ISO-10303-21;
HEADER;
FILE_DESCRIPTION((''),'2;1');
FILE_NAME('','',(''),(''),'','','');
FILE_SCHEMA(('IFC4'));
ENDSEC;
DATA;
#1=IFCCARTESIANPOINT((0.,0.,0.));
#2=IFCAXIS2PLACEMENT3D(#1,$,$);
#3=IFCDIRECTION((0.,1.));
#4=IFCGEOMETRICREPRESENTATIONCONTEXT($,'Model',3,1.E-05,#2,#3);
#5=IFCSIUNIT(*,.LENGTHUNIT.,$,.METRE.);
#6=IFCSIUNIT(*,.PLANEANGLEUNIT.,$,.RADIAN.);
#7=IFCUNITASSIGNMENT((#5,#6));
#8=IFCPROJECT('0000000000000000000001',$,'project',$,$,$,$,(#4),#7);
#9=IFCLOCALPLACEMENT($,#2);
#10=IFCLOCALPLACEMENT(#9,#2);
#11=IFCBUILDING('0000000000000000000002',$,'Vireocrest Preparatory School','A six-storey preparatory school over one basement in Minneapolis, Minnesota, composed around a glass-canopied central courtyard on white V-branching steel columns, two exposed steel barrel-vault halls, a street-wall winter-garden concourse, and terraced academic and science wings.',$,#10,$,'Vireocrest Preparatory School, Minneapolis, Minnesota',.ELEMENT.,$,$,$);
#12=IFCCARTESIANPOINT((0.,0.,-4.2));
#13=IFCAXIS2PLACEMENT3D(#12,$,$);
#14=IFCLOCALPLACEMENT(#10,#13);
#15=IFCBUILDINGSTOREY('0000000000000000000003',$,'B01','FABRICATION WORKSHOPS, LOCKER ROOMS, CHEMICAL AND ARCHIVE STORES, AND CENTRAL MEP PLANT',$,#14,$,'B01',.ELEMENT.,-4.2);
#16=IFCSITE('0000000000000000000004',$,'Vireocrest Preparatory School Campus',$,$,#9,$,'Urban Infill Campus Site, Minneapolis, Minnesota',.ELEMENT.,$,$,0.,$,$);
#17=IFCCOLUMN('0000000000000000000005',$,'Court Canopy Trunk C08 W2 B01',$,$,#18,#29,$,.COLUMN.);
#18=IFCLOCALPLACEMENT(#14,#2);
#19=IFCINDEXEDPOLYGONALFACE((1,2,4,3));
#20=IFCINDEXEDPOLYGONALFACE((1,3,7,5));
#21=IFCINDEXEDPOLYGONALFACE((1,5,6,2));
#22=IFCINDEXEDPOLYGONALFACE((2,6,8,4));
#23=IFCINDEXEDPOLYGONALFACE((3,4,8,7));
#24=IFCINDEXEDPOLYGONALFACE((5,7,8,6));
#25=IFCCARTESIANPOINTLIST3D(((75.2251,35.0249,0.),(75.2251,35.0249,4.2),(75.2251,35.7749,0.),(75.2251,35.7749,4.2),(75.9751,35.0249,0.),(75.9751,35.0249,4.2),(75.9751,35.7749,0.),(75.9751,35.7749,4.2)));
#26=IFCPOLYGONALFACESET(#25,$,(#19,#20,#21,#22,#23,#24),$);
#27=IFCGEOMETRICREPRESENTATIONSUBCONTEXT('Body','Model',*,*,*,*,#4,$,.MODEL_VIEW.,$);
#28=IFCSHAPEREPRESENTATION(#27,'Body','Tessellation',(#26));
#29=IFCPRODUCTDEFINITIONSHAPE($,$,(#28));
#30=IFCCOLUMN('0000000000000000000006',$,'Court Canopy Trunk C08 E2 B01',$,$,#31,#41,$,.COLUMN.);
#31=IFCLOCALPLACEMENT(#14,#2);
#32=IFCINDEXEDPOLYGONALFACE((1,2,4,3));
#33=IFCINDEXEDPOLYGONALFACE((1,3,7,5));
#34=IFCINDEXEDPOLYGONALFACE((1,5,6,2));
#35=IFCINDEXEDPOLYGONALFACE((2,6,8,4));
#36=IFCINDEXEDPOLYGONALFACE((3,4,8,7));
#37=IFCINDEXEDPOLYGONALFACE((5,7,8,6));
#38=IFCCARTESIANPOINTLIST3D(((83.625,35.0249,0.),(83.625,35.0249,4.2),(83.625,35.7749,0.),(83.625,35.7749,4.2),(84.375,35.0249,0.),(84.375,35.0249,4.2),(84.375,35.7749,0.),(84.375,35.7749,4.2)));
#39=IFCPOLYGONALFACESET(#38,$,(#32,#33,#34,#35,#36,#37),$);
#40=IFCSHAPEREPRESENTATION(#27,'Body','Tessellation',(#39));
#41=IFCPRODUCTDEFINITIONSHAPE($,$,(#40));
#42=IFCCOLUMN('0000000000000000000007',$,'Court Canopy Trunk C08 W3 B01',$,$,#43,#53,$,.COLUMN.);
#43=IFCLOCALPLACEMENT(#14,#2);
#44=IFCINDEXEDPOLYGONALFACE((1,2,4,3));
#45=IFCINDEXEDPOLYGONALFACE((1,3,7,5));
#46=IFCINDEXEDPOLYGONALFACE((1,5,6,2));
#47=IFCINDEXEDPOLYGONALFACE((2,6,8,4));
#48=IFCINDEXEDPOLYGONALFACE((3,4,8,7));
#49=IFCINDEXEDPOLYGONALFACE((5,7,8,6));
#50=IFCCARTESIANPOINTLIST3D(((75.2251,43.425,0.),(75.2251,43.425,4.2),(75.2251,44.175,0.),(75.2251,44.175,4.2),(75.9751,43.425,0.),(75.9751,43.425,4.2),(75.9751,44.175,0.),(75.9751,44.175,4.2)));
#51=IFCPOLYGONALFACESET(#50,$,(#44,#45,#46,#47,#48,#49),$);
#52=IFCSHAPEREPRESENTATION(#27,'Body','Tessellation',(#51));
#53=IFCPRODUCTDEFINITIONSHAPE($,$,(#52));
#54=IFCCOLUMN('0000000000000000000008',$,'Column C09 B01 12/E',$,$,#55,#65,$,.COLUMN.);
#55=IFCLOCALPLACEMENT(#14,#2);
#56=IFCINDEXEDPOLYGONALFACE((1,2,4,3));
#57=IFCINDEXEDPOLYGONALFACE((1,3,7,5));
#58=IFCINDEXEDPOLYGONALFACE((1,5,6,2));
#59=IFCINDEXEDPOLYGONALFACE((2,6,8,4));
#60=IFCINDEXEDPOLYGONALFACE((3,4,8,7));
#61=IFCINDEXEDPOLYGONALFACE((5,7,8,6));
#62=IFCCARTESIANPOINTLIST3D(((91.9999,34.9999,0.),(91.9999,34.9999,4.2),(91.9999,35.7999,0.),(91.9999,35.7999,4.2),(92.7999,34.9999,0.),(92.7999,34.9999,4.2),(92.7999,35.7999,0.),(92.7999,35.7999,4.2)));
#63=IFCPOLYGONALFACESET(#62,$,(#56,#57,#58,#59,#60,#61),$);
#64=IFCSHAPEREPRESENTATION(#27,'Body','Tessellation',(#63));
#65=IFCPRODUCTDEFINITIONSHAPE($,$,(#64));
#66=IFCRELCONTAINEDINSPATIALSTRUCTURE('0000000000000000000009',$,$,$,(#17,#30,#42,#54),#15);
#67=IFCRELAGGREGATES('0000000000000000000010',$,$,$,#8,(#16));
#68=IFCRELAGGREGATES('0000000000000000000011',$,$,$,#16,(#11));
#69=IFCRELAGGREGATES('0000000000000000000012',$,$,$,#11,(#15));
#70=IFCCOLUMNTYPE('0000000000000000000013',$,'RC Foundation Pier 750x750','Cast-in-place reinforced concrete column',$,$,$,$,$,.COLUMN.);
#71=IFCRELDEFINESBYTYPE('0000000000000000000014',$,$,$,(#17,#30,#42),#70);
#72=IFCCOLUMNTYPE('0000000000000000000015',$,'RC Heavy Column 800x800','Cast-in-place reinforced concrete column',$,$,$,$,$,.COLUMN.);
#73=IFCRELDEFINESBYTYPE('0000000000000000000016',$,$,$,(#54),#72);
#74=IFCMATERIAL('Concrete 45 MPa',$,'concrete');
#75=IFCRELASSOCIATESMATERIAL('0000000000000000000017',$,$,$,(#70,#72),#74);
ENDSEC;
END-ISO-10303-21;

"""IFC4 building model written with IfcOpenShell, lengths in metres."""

from ifc_helpers import new_model, si_unit, direction, frame, origin, origin_2d, place, context, subcontext, project, spatial, rectangle, extrude, material, material_profile, profile_set, type_object, element, save


model = new_model("IFC4")

# Units and contexts
model_context = context("Model", 3, precision=1e-05, world=origin(), true_north=direction((0.0, 1.0)))
body_context = subcontext(model_context, "Body", "Model", "MODEL_VIEW")
ifc_project = project(units=[si_unit("LENGTHUNIT", "METRE"), si_unit("PLANEANGLEUNIT", "RADIAN")], contexts=[model_context])

# Site, building, storey
site_placement = place(None, origin())
site = spatial("IfcSite", under=ifc_project, at=site_placement, Name="Vireocrest Preparatory School Campus", LongName="Urban Infill Campus Site, Minneapolis, Minnesota", CompositionType="ELEMENT", RefElevation=0.0)
building_placement = place(site_placement, origin())
building = spatial("IfcBuilding", under=site, at=building_placement, Name="Vireocrest Preparatory School", Description="A six-storey preparatory school over one basement in Minneapolis, Minnesota, composed around a glass-canopied central courtyard on white V-branching steel columns, two exposed steel barrel-vault halls, a street-wall winter-garden concourse, and terraced academic and science wings.", LongName="Vireocrest Preparatory School, Minneapolis, Minnesota", CompositionType="ELEMENT")
storey_placement = place(building_placement, frame((0.0, 0.0, -4.2)))
storey = spatial("IfcBuildingStorey", under=building, at=storey_placement, Name="B01", Description="FABRICATION WORKSHOPS, LOCKER ROOMS, CHEMICAL AND ARCHIVE STORES, AND CENTRAL MEP PLANT", LongName="B01", CompositionType="ELEMENT", Elevation=-4.2)

# Columns
ifc_material_1 = material(Name="Concrete 45 MPa", Category="concrete")
ifc_material_profile_1 = material_profile(ifc_material_1, rectangle(XDim=0.75, YDim=0.75, at=origin_2d()), Name="RC 750x750")
ifc_profile_set_1 = profile_set([ifc_material_profile_1], Name="Concrete 45 MPa")
column_type_1 = type_object("IfcColumnType", Name="RC Foundation Pier 750x750", Description="Cast-in-place reinforced concrete column", PredefinedType="COLUMN", material=ifc_profile_set_1)
for number, where, z_axis, x_axis, name in (
    (1, (75.6001, 35.3999, 0.0), (0.0, 0.0, 1.0), (1.0, 0.0, 0.0), "Court Canopy Trunk C08 W2 B01"),
    (2, (84.0, 35.3999, 0.0), (0.0, 0.0, 1.0), (1.0, 0.0, 0.0), "Court Canopy Trunk C08 E2 B01"),
    (3, (75.6001, 43.8, 0.0), (0.0, 0.0, 1.0), (1.0, 0.0, 0.0), "Court Canopy Trunk C08 W3 B01"),
):
    element("IfcColumn", number, at=place(storey_placement, frame(where, z_axis=z_axis, x_axis=x_axis)), inside=storey, type_object=column_type_1, Name=name, PredefinedType="COLUMN", context=body_context, shape_type="SweptSolid", body=[
        extrude(rectangle(XDim=0.75, YDim=0.75, at=origin_2d()), origin(), (0.0, 0.0, 1.0), 4.2),
    ])
ifc_material_profile_2 = material_profile(ifc_material_1, rectangle(XDim=0.8, YDim=0.8, at=origin_2d()), Name="RC 800x800")
ifc_profile_set_2 = profile_set([ifc_material_profile_2], Name="Concrete 45 MPa")
column_type_2 = type_object("IfcColumnType", Name="RC Heavy Column 800x800", Description="Cast-in-place reinforced concrete column", PredefinedType="COLUMN", material=ifc_profile_set_2)
column_placement = place(storey_placement, frame((92.3999, 35.3999, 0.0), z_axis=(0.0, 0.0, 1.0), x_axis=(1.0, 0.0, 0.0)))
element("IfcColumn", 4, at=column_placement, inside=storey, type_object=column_type_2, Name="Column C09 B01 12/E", PredefinedType="COLUMN", context=body_context, shape_type="SweptSolid", body=[
    extrude(rectangle(XDim=0.8, YDim=0.8, at=origin_2d()), origin(), (0.0, 0.0, 1.0), 4.2),
])

save(model, "model.ifc")
